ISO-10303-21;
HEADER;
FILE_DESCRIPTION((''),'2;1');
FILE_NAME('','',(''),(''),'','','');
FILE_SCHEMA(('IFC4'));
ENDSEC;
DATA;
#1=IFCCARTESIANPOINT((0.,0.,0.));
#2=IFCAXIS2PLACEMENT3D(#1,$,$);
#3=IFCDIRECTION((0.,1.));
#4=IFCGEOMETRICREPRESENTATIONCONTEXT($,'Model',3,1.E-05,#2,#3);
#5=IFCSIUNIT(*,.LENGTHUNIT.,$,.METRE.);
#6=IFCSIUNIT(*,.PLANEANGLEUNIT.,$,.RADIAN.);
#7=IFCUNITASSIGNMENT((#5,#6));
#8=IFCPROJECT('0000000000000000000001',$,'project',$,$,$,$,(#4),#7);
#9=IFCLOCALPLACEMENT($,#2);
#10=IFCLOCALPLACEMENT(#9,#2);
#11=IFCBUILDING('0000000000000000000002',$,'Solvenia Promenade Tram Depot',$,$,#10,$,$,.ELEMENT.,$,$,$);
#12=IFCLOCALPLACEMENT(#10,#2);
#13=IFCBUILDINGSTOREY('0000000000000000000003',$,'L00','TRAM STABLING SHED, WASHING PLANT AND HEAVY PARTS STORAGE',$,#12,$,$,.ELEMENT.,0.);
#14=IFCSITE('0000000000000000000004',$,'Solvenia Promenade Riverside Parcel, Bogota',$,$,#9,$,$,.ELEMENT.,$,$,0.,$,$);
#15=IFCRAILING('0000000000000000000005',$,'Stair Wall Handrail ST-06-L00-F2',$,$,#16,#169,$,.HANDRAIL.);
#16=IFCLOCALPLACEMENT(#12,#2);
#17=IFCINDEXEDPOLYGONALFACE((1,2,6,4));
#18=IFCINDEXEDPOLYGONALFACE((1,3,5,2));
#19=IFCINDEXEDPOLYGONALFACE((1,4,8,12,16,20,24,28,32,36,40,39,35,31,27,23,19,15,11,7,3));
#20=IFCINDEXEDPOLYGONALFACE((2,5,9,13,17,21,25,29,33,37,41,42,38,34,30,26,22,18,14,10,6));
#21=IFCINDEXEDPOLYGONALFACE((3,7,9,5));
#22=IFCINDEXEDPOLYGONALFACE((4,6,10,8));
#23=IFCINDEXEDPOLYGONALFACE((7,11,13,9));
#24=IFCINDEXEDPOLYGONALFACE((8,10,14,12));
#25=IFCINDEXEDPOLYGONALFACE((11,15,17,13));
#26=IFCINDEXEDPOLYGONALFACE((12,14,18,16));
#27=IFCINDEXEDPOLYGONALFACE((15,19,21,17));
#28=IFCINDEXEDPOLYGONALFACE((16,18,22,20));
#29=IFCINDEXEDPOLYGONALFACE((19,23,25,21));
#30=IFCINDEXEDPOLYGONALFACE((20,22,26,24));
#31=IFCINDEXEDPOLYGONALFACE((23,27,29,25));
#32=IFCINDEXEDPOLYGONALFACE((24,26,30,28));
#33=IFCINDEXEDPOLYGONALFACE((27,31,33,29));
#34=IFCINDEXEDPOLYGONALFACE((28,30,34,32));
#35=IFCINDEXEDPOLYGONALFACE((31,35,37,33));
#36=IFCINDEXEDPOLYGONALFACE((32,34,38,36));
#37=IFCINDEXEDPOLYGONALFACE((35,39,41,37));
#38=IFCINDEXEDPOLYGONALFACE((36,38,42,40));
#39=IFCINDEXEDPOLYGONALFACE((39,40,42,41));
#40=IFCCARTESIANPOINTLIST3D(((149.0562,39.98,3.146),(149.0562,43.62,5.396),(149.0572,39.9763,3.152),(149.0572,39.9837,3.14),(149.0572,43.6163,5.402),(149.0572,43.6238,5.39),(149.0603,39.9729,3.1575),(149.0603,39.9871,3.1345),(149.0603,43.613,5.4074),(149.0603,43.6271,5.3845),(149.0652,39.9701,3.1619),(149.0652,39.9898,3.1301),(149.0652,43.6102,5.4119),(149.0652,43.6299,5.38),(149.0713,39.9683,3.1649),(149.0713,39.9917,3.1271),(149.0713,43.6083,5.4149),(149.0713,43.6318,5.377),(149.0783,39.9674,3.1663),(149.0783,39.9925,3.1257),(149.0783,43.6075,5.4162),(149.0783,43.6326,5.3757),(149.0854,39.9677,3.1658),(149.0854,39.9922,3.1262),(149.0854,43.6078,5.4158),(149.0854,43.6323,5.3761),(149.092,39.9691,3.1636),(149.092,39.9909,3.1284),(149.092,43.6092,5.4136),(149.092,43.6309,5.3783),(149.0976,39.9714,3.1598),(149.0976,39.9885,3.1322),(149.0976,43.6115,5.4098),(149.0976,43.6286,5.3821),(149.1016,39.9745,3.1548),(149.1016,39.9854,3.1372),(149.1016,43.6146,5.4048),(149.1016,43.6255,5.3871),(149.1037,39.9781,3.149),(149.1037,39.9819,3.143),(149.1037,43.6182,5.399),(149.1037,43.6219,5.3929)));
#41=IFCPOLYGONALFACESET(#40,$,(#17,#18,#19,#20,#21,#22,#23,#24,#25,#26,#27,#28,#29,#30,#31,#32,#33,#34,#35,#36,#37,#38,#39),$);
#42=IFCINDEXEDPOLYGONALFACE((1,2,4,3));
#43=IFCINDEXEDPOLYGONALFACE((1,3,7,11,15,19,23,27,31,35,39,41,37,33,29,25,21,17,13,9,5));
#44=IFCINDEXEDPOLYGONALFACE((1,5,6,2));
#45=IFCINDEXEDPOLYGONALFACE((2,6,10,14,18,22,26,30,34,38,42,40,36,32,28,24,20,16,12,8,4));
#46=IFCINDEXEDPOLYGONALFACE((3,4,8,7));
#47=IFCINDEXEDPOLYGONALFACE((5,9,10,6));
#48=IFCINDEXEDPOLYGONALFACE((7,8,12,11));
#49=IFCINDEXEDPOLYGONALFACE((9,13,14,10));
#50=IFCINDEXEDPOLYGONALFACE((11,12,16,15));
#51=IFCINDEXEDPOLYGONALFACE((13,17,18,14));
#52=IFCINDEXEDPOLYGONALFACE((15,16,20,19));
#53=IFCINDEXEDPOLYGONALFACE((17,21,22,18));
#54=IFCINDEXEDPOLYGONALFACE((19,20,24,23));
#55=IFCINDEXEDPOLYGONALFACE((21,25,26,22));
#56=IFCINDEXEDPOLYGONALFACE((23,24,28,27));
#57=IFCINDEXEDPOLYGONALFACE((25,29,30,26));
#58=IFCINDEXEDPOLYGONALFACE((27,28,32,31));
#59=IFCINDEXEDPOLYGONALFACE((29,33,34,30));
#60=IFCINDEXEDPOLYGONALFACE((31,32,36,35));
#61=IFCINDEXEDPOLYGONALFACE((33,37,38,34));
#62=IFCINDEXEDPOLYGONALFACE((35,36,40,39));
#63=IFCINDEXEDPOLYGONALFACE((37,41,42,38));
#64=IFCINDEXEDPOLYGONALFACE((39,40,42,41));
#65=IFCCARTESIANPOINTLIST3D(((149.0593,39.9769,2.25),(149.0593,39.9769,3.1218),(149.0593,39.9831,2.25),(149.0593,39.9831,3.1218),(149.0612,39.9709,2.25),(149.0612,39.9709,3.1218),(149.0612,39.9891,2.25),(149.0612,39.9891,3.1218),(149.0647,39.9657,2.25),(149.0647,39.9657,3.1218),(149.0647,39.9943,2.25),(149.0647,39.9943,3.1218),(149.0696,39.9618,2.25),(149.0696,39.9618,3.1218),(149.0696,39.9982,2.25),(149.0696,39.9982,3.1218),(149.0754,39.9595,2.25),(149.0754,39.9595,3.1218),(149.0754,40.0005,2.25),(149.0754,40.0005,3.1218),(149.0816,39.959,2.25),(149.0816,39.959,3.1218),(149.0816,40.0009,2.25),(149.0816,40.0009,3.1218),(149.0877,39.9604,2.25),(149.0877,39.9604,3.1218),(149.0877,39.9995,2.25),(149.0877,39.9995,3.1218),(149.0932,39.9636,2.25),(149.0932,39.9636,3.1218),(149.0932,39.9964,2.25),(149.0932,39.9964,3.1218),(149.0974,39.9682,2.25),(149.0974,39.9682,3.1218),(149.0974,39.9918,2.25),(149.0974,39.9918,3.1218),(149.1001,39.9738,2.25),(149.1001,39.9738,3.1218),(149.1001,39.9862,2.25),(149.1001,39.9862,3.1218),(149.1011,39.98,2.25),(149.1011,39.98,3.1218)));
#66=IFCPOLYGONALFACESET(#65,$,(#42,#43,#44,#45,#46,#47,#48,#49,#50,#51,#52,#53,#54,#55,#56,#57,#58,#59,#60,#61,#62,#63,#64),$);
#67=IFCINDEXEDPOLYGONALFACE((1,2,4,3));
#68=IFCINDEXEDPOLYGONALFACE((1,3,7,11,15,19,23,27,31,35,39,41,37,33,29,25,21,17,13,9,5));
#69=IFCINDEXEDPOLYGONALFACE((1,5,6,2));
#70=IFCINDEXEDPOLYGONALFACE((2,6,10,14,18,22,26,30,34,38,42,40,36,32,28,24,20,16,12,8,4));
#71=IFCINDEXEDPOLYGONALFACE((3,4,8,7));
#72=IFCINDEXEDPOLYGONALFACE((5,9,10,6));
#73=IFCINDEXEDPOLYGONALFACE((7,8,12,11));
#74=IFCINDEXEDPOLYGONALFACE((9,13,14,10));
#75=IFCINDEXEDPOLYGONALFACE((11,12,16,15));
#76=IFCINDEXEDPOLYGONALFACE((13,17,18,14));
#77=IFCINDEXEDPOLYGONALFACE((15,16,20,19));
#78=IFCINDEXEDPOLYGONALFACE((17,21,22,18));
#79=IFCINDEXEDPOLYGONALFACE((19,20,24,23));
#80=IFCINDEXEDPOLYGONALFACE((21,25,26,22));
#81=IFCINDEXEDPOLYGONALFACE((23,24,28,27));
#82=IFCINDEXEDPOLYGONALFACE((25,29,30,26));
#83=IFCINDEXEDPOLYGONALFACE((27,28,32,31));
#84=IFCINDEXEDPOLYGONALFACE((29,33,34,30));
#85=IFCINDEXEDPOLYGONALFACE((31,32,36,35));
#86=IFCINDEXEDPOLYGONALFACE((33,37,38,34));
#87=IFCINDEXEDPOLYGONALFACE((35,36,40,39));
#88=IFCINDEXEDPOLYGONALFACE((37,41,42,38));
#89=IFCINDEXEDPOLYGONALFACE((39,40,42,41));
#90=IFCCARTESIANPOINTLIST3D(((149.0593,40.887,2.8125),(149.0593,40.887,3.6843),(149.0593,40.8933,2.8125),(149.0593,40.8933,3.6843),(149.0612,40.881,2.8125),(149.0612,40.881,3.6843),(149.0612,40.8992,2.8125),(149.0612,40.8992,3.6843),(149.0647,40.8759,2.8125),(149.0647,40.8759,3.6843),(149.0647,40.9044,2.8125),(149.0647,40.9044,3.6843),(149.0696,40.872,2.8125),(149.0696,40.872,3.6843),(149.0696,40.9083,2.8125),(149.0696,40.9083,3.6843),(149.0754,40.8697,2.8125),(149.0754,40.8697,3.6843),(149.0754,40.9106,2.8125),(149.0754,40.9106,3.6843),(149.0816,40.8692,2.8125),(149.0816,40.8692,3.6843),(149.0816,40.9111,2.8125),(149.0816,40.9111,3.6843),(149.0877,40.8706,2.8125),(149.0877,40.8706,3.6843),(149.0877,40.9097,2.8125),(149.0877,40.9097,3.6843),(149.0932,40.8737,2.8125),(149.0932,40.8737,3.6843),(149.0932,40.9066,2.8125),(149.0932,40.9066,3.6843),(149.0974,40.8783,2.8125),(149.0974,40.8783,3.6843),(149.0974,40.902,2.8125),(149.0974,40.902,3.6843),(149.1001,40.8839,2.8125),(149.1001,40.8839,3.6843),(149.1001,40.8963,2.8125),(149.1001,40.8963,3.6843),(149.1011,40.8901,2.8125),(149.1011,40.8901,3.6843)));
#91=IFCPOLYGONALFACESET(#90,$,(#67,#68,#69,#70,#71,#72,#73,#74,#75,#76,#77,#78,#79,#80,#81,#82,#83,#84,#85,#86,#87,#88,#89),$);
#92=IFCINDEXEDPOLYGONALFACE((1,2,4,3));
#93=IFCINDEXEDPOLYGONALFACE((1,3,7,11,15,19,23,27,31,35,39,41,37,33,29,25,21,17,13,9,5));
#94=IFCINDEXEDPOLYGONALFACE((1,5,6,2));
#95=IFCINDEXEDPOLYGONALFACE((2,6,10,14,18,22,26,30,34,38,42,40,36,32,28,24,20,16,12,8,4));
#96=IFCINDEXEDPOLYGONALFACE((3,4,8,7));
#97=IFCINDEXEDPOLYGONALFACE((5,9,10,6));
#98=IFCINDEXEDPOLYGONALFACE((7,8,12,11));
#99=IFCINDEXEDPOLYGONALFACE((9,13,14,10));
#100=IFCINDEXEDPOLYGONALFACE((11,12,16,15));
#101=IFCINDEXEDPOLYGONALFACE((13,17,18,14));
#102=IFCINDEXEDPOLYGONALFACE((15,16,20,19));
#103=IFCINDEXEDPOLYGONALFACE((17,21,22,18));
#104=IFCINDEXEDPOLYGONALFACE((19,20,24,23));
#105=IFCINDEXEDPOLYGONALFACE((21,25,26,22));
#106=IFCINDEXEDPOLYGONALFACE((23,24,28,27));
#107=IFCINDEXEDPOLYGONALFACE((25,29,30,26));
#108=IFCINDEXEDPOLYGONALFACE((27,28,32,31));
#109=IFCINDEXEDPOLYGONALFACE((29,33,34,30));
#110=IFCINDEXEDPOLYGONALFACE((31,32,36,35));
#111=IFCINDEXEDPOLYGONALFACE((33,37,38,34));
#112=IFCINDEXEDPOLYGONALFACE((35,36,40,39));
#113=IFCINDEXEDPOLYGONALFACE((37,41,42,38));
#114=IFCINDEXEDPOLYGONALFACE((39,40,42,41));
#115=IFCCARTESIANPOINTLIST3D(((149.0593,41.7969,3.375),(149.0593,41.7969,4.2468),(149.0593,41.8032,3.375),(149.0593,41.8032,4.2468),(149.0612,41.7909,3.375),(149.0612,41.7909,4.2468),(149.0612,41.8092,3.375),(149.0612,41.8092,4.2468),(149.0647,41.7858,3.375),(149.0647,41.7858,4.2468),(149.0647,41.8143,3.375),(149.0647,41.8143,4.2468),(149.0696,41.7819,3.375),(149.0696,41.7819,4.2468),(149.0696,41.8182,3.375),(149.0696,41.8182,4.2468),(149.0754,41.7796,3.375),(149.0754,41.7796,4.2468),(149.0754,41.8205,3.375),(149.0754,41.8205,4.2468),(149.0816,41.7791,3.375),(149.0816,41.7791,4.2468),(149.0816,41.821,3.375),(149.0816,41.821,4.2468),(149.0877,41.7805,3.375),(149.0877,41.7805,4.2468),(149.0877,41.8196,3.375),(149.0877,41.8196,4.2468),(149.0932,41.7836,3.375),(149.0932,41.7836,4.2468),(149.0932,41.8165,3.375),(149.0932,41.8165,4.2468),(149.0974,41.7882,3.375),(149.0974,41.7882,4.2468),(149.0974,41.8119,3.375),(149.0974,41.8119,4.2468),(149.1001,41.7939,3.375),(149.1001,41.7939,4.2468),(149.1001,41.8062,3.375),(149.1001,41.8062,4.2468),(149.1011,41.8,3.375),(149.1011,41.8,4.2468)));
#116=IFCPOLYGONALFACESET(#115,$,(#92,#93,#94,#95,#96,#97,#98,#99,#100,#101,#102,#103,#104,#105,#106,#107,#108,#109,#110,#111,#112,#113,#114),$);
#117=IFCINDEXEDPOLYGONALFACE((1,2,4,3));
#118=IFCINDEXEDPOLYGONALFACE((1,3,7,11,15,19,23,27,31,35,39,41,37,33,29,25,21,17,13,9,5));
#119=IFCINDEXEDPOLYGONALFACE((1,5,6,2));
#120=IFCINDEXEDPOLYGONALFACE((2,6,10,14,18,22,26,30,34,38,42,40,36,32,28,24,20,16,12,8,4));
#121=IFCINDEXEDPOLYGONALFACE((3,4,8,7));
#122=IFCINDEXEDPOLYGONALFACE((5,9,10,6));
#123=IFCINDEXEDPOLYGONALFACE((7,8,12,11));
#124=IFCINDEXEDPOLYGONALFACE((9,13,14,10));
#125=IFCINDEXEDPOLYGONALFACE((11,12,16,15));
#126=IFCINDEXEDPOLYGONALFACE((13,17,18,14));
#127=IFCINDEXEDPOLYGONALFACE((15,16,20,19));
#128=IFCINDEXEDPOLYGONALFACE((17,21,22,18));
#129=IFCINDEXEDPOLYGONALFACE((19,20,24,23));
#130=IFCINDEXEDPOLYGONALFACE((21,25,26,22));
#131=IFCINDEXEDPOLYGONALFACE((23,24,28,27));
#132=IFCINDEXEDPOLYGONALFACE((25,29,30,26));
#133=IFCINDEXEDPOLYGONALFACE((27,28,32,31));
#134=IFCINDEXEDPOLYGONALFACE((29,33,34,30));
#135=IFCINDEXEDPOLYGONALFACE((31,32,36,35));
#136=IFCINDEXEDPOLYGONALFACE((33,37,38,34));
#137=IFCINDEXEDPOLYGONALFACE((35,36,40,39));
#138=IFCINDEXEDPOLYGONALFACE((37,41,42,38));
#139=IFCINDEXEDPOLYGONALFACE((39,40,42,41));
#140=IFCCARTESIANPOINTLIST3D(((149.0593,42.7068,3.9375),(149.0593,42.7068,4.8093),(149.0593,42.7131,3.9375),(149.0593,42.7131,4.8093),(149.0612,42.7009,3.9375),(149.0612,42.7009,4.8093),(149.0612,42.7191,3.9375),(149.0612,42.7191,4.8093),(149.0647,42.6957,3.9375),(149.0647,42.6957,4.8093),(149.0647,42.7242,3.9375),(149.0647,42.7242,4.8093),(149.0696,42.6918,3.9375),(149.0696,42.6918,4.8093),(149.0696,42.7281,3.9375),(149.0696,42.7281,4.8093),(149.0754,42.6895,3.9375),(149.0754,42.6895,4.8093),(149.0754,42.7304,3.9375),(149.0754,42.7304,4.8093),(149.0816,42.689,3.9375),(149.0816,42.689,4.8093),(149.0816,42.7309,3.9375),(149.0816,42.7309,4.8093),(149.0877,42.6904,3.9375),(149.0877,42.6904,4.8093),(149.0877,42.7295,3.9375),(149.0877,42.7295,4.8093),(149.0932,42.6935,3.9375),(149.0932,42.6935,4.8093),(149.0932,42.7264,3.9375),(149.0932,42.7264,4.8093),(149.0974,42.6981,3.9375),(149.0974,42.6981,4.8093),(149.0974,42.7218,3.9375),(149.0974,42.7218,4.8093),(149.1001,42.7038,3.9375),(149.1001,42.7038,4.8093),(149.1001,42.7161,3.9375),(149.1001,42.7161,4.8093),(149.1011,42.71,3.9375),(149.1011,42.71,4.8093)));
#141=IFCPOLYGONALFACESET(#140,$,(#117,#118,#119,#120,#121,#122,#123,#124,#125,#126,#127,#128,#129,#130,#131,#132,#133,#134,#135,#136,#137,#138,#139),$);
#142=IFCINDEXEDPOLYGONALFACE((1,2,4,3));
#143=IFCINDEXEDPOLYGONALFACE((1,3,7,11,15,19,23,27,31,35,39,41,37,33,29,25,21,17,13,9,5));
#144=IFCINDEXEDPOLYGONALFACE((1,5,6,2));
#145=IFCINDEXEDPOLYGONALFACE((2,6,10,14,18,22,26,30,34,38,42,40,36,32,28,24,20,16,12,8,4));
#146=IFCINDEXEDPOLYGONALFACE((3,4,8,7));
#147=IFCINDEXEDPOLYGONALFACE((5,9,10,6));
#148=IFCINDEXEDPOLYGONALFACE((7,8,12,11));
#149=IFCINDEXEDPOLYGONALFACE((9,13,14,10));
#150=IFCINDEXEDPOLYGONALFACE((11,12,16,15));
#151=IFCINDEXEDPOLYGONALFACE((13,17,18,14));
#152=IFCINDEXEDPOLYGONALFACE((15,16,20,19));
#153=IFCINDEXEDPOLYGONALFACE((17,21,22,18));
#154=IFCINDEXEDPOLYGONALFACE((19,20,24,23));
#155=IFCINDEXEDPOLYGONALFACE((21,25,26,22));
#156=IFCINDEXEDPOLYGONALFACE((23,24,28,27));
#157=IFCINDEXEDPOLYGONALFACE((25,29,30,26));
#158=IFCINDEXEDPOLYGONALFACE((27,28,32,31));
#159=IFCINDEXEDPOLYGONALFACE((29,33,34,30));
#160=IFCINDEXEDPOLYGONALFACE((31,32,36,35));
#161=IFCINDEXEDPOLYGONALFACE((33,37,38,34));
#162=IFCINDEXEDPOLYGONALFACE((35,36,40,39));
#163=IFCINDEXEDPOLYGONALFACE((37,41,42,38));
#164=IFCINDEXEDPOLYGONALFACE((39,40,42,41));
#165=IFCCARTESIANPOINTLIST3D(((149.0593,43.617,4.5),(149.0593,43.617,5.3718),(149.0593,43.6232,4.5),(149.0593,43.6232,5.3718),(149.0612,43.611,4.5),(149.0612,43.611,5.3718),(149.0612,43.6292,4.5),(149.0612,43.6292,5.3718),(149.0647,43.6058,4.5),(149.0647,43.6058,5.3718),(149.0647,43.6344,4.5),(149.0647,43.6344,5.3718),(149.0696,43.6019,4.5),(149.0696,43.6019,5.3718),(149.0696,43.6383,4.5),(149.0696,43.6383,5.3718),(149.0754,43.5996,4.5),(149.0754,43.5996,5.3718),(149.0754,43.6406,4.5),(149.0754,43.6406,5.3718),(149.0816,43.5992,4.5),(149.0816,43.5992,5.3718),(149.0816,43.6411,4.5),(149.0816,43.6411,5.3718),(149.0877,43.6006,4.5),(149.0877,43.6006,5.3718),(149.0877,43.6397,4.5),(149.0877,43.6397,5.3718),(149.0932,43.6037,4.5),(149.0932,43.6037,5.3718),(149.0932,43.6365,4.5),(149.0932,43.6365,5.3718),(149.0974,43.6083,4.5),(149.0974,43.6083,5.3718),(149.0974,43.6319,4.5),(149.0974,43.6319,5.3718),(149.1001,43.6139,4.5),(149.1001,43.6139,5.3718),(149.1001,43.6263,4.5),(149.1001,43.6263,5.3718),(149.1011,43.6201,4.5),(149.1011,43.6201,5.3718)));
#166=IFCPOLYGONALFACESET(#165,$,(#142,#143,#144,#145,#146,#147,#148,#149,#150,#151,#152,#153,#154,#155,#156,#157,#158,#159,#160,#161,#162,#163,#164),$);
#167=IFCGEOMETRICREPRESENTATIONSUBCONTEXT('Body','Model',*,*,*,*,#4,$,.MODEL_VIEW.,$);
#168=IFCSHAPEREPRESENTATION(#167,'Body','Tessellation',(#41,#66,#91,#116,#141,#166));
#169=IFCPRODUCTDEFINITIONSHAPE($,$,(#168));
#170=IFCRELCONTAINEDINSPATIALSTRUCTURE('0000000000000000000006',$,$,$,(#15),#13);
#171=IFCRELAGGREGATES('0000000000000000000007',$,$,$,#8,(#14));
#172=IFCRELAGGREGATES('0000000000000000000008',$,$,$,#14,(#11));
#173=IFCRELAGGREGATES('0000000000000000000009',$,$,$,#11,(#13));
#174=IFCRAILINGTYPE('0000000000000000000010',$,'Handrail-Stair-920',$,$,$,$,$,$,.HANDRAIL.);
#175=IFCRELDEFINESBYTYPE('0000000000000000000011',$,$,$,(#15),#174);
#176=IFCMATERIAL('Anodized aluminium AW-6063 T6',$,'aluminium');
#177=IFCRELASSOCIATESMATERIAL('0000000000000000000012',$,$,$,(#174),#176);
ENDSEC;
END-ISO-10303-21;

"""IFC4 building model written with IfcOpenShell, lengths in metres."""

from ifc_helpers import new_model, si_unit, direction, frame, origin, origin_2d, place, context, subcontext, project, spatial, circle, extrude, material, type_object, element, save


model = new_model("IFC4")

# Units and contexts
model_context = context("Model", 3, precision=1e-05, world=origin(), true_north=direction((0.0, 1.0)))
body_context = subcontext(model_context, "Body", "Model", "MODEL_VIEW")
ifc_project = project(units=[si_unit("LENGTHUNIT", "METRE"), si_unit("PLANEANGLEUNIT", "RADIAN")], contexts=[model_context])

# Site, building, storey
site_placement = place(None, origin())
site = spatial("IfcSite", under=ifc_project, at=site_placement, Name="Solvenia Promenade Riverside Parcel, Bogota", CompositionType="ELEMENT", RefElevation=0.0)
building_placement = place(site_placement, origin())
building = spatial("IfcBuilding", under=site, at=building_placement, Name="Solvenia Promenade Tram Depot", CompositionType="ELEMENT")
storey_placement = place(building_placement, origin())
storey = spatial("IfcBuildingStorey", under=building, at=storey_placement, Name="L00", Description="TRAM STABLING SHED, WASHING PLANT AND HEAVY PARTS STORAGE", CompositionType="ELEMENT", Elevation=0.0)

# Railing
ifc_material_1 = material(Name="Anodized aluminium AW-6063 T6", Category="aluminium")
railing_type_1 = type_object("IfcRailingType", Name="Handrail-Stair-920", PredefinedType="HANDRAIL", material=ifc_material_1)
railing_1_placement = place(storey_placement, frame((149.0801, 39.98, 2.25)))
element("IfcRailing", 1, at=railing_1_placement, inside=storey, type_object=railing_type_1, Name="Stair Wall Handrail ST-06-L00-F2", PredefinedType="HANDRAIL", context=body_context, shape_type="SweptSolid", body=[
    extrude(circle(Radius=0.0239, at=origin_2d()), frame((0.0, 0.0, 0.896), z_axis=(0.0, 0.850622, 0.525777), x_axis=(-1.0, 0.0, 0.0)), (0.0, 0.0, 1.0), 4.2793),
    extrude(circle(Radius=0.021, at=origin_2d()), origin(), (0.0, 0.0, 1.0), 0.8718),
    extrude(circle(Radius=0.021, at=origin_2d()), frame((0.0, 0.9102, 0.5625)), (0.0, 0.0, 1.0), 0.8718),
    extrude(circle(Radius=0.021, at=origin_2d()), frame((0.0, 1.8201, 1.125)), (0.0, 0.0, 1.0), 0.8718),
    extrude(circle(Radius=0.021, at=origin_2d()), frame((0.0, 2.73, 1.6875)), (0.0, 0.0, 1.0), 0.8718),
    extrude(circle(Radius=0.021, at=origin_2d()), frame((0.0, 3.6401, 2.25)), (0.0, 0.0, 1.0), 0.8718),
])

save(model, "model.ifc")
